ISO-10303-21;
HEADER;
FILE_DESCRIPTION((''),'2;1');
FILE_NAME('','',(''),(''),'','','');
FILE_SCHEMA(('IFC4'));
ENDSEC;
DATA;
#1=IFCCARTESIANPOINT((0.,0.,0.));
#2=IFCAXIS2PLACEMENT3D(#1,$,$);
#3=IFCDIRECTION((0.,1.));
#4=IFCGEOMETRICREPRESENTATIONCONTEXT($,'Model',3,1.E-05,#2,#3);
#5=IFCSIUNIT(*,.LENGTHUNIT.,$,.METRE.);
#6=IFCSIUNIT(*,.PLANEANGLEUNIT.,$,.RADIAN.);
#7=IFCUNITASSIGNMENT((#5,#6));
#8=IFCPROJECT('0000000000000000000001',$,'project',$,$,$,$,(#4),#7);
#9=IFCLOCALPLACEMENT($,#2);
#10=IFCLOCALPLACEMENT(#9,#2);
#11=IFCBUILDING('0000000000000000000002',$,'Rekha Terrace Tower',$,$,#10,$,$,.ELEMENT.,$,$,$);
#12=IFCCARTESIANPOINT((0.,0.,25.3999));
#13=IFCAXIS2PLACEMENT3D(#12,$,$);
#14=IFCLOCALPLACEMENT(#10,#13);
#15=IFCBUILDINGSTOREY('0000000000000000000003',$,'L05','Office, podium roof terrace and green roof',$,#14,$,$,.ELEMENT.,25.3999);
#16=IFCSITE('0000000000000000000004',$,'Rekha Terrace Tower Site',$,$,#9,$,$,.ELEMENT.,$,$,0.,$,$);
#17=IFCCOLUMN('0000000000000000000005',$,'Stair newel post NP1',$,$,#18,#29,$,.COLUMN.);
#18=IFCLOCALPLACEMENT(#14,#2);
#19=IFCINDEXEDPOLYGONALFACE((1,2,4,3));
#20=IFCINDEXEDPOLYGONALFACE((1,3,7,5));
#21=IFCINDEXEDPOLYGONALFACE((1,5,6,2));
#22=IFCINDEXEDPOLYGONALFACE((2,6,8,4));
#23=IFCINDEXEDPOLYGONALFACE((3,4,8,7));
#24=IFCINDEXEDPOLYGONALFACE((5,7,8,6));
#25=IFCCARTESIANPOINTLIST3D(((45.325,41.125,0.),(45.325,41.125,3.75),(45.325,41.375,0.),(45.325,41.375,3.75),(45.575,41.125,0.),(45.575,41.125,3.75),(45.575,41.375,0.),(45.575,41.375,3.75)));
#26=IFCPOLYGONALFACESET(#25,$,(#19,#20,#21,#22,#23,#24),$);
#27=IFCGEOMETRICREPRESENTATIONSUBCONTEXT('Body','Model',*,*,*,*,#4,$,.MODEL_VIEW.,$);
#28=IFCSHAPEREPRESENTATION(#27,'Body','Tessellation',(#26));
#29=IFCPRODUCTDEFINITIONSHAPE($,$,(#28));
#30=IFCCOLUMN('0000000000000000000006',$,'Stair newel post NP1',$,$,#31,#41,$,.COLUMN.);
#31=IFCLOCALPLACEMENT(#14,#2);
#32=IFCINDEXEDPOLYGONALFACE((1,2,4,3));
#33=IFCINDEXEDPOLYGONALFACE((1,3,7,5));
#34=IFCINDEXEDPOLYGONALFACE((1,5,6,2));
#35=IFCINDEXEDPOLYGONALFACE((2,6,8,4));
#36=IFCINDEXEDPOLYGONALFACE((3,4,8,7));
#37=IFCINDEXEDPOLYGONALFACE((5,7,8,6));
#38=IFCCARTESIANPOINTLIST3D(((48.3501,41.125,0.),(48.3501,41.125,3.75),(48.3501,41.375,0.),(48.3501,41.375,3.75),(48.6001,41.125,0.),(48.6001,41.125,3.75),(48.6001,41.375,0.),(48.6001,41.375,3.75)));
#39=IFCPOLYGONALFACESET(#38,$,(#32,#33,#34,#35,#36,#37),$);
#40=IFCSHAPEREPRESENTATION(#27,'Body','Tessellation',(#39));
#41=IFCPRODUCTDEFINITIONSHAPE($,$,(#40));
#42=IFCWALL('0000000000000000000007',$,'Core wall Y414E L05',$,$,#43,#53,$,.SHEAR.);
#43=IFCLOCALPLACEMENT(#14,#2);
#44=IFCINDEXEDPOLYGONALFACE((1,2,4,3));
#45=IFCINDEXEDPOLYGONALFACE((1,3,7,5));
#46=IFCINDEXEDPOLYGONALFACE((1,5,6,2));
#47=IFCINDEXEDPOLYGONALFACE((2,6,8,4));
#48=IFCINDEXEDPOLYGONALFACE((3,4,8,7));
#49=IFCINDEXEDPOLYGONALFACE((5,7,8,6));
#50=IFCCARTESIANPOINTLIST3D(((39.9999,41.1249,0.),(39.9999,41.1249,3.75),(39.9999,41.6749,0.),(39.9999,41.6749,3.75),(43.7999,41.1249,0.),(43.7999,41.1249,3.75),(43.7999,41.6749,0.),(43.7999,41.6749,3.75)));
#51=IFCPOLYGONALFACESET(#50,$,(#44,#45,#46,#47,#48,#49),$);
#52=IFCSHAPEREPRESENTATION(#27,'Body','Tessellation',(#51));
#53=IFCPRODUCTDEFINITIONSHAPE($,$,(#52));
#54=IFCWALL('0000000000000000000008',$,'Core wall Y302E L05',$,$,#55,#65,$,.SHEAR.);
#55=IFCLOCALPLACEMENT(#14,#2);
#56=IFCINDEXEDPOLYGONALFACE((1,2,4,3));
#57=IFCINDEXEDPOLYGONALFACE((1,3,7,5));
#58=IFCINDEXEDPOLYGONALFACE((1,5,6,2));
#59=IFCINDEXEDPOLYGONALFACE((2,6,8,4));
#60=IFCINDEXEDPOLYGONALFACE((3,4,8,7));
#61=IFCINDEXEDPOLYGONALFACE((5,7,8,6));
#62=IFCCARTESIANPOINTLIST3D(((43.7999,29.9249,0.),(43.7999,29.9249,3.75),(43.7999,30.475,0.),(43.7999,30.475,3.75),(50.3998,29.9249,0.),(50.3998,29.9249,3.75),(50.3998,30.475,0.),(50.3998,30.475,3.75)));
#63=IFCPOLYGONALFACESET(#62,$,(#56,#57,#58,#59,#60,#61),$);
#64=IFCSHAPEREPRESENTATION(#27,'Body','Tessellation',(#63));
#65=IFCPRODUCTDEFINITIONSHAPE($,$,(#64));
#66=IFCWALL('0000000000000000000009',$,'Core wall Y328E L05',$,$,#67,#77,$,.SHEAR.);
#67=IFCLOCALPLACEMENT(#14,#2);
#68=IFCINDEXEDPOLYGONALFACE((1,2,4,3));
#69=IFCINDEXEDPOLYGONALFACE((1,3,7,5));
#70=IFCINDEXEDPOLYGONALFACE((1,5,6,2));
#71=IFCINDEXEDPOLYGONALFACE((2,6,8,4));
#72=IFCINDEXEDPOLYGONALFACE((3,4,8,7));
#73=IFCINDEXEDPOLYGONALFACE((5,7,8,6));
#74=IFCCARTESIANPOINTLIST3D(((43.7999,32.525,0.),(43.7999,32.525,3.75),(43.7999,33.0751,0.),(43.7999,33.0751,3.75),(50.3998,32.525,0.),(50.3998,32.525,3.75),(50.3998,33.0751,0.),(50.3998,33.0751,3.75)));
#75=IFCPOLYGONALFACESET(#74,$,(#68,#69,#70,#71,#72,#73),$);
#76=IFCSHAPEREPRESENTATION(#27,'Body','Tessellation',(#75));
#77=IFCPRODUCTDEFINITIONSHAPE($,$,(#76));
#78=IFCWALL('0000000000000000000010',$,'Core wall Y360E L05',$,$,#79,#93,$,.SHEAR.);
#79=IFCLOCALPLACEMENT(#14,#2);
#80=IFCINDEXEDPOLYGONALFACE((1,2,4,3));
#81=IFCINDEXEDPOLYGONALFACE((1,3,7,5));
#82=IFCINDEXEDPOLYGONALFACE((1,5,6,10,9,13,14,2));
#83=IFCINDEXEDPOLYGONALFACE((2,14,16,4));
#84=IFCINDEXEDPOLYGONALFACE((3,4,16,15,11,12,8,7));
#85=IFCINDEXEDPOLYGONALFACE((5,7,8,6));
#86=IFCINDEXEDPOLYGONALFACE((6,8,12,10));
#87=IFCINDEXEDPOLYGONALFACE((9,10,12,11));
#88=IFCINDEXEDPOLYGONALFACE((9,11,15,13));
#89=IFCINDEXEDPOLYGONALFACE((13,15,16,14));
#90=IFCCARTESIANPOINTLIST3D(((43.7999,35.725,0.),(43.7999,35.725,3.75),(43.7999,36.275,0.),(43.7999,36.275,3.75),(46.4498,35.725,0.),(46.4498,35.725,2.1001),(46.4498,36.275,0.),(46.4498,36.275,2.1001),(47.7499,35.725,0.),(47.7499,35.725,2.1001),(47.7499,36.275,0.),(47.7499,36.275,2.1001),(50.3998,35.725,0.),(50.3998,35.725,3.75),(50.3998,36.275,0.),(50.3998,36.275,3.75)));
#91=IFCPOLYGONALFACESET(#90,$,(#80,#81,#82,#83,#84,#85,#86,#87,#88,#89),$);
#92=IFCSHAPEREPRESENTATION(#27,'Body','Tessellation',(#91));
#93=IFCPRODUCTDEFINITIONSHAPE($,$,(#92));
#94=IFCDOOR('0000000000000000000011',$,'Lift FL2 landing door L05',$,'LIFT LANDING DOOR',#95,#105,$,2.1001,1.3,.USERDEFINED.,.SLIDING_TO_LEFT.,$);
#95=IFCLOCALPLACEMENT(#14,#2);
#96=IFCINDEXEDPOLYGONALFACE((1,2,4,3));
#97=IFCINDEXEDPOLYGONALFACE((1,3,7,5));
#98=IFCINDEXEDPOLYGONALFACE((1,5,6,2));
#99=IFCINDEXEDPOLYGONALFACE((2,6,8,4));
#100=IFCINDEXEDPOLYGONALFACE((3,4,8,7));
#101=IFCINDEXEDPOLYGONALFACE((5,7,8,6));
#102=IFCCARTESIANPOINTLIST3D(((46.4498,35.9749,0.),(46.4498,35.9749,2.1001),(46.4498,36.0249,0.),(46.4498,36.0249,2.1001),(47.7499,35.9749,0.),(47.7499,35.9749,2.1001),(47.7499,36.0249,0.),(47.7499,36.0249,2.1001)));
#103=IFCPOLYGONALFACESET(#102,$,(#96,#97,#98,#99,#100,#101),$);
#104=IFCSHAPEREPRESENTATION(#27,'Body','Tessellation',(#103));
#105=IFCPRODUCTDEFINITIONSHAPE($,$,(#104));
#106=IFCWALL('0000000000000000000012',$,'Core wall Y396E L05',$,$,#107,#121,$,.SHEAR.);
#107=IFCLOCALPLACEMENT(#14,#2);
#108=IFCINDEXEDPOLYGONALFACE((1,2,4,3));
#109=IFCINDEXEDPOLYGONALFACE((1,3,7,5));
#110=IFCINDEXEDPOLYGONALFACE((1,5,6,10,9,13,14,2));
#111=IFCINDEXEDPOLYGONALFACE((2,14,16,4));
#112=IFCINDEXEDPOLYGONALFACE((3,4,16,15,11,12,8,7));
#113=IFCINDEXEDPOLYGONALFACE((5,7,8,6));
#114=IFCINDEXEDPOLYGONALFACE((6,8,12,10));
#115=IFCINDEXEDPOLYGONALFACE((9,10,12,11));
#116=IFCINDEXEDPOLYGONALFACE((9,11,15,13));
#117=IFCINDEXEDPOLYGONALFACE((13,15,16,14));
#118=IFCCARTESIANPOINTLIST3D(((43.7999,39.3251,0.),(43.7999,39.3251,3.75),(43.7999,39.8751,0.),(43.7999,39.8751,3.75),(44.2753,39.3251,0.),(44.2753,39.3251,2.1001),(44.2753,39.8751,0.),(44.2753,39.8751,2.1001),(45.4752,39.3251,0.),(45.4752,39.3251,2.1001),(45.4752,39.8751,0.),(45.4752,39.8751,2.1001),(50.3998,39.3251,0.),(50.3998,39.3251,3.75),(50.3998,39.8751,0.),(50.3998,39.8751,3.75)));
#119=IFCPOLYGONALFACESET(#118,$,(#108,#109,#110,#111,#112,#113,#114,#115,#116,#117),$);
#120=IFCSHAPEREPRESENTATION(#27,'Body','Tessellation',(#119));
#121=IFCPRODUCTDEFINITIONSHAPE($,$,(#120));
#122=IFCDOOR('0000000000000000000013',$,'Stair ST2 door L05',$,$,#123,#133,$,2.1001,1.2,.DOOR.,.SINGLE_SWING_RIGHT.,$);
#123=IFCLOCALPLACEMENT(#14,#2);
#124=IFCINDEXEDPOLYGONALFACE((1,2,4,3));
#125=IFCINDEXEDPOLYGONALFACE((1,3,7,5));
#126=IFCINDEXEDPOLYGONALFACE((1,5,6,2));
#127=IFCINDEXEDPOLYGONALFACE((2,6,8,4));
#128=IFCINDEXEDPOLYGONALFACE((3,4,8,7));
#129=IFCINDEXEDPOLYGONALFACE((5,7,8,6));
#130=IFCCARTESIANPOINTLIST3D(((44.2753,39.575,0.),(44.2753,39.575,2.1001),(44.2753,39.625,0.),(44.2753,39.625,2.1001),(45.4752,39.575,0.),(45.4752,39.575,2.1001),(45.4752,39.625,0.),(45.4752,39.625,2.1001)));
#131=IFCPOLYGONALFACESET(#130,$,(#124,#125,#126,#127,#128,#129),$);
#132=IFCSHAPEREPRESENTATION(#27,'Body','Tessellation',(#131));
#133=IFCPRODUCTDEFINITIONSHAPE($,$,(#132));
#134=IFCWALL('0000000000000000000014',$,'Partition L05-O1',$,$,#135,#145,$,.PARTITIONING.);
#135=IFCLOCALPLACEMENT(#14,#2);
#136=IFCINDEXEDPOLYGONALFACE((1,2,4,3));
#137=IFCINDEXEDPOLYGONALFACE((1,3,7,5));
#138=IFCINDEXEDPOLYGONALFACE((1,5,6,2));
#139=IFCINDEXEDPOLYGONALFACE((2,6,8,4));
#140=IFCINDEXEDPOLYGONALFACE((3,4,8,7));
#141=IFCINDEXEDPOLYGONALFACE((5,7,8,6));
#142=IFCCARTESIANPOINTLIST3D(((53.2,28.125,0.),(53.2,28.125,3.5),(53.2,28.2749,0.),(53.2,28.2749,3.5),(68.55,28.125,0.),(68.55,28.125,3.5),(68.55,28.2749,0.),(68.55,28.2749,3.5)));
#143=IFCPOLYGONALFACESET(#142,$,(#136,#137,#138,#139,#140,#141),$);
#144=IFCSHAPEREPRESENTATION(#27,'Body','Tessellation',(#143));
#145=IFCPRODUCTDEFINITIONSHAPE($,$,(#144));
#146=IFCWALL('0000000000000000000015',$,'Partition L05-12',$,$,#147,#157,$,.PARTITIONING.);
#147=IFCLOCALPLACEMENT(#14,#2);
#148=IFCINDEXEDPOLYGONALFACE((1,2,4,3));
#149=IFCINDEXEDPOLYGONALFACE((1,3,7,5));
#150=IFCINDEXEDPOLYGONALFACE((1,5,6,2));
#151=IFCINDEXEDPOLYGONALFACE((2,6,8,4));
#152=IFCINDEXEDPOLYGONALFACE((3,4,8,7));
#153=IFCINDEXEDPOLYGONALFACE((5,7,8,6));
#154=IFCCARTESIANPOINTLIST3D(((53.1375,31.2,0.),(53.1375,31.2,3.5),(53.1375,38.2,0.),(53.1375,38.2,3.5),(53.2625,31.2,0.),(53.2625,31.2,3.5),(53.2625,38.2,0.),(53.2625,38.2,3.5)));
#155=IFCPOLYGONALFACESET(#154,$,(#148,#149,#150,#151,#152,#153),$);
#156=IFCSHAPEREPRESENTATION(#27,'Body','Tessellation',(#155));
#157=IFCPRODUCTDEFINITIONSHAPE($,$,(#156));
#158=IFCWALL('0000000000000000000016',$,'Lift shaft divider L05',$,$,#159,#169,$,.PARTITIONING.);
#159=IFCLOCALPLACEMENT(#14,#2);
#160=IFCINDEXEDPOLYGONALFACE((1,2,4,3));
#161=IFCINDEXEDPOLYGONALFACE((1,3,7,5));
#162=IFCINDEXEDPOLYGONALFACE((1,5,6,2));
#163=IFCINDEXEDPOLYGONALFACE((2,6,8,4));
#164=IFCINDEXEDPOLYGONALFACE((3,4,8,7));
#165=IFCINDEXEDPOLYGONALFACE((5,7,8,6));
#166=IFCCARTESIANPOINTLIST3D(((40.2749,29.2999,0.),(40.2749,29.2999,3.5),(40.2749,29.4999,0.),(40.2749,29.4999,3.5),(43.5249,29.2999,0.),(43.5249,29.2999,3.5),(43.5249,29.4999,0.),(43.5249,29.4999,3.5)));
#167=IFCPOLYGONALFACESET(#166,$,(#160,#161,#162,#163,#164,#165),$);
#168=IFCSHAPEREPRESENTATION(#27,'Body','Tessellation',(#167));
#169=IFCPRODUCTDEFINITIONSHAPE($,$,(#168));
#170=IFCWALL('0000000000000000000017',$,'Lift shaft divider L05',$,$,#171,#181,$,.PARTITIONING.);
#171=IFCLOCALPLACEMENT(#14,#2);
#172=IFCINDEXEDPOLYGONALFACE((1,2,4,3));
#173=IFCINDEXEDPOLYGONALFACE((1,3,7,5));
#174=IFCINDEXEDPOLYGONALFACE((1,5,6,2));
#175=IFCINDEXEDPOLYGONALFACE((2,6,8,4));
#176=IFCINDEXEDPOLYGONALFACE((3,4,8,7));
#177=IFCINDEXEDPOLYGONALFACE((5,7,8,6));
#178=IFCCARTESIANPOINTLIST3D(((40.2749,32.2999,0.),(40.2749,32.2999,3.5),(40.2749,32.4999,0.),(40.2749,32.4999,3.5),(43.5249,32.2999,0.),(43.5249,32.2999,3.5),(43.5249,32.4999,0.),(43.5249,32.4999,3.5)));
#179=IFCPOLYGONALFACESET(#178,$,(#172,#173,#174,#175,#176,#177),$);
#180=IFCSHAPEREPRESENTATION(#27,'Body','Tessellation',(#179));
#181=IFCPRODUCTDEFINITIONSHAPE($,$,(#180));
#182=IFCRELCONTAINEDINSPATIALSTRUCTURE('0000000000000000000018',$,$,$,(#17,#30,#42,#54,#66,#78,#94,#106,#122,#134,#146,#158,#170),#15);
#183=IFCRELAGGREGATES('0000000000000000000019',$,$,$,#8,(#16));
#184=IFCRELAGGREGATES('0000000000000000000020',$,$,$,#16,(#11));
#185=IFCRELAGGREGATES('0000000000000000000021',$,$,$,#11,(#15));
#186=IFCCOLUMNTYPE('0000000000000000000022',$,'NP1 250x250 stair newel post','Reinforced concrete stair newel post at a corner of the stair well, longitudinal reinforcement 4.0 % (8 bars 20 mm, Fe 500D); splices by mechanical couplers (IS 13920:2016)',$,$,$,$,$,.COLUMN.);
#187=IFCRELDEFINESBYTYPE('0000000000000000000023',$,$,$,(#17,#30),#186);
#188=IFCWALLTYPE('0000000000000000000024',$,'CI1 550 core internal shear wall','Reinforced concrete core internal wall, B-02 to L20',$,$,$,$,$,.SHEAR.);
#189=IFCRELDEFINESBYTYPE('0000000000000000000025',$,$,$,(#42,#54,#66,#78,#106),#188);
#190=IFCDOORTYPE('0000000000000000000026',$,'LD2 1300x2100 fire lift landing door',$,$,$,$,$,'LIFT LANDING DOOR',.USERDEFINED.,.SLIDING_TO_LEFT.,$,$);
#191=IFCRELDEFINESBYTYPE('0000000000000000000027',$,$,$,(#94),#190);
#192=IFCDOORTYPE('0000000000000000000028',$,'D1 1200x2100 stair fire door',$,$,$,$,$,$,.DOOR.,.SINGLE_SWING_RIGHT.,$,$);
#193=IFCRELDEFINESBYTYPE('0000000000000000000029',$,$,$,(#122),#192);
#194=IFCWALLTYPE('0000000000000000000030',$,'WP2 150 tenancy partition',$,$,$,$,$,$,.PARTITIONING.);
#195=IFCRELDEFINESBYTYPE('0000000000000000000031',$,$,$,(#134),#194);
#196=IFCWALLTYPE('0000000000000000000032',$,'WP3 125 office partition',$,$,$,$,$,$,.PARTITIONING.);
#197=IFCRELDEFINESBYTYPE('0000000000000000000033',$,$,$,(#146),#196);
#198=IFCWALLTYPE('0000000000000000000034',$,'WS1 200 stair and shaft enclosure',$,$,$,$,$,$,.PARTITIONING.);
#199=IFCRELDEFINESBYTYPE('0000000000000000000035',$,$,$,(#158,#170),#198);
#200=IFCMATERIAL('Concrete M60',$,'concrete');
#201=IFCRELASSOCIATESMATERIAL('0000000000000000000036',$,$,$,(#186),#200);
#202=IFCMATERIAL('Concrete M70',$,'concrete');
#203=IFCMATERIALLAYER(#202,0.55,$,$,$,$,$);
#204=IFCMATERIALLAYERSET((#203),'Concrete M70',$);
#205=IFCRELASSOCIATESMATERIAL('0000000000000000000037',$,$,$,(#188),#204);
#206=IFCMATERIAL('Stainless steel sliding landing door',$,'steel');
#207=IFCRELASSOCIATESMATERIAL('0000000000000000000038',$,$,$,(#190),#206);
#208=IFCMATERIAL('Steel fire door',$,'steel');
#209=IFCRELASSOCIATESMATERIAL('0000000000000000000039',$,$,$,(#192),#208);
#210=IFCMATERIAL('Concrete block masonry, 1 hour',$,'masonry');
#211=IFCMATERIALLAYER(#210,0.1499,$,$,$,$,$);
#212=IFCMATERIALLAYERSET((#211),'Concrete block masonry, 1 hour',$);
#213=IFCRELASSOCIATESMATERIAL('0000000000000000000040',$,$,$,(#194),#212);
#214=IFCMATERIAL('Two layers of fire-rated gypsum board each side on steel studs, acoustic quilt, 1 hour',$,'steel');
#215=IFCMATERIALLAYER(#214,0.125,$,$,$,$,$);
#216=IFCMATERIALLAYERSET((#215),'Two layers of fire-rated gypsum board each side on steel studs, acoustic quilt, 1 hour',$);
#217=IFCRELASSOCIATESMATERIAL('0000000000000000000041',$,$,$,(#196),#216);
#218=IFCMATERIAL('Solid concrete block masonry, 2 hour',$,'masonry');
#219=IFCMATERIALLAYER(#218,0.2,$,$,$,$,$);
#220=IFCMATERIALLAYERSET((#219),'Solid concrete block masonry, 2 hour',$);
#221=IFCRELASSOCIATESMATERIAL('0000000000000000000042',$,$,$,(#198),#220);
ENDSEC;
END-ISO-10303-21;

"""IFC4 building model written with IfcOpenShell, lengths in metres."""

from ifc_helpers import new_model, si_unit, direction, frame, frame_2d, origin, origin_2d, place, context, subcontext, project, spatial, rectangle, extrude, material, layer, layer_set, material_profile, profile_set, type_object, element, fill, save


model = new_model("IFC4")

# Units and contexts
model_context = context("Model", 3, precision=1e-05, world=origin(), true_north=direction((0.0, 1.0)))
body_context = subcontext(model_context, "Body", "Model", "MODEL_VIEW")
ifc_project = project(units=[si_unit("LENGTHUNIT", "METRE"), si_unit("PLANEANGLEUNIT", "RADIAN")], contexts=[model_context])

# Site, building, storey
site_placement = place(None, origin())
site = spatial("IfcSite", under=ifc_project, at=site_placement, Name="Rekha Terrace Tower Site", CompositionType="ELEMENT", RefElevation=0.0)
building_placement = place(site_placement, origin())
building = spatial("IfcBuilding", under=site, at=building_placement, Name="Rekha Terrace Tower", CompositionType="ELEMENT")
storey_placement = place(building_placement, frame((0.0, 0.0, 25.3999)))
storey = spatial("IfcBuildingStorey", under=building, at=storey_placement, Name="L05", Description="Office, podium roof terrace and green roof", CompositionType="ELEMENT", Elevation=25.3999)

# Columns
ifc_material_1 = material(Name="Concrete M60", Category="concrete")
ifc_material_profile = material_profile(ifc_material_1, rectangle(XDim=0.25, YDim=0.25, at=origin_2d()), Name="RC 250x250")
ifc_profile_set = profile_set([ifc_material_profile], Name="Concrete M60")
column_type = type_object("IfcColumnType", Name="NP1 250x250 stair newel post", Description="Reinforced concrete stair newel post at a corner of the stair well, longitudinal reinforcement 4.0 % (8 bars 20 mm, Fe 500D); splices by mechanical couplers (IS 13920:2016)", PredefinedType="COLUMN", material=ifc_profile_set)
for number, where, z_axis, x_axis, name in (
    (1, (45.45, 41.25, 0.0), (0.0, 0.0, 1.0), (1.0, 0.0, 0.0), "Stair newel post NP1"),
    (2, (48.4751, 41.25, 0.0), (0.0, 0.0, 1.0), (1.0, 0.0, 0.0), "Stair newel post NP1"),
):
    element("IfcColumn", number, at=place(storey_placement, frame(where, z_axis=z_axis, x_axis=x_axis)), inside=storey, type_object=column_type, Name=name, PredefinedType="COLUMN", context=body_context, shape_type="SweptSolid", body=[
        extrude(rectangle(XDim=0.25, YDim=0.25, at=origin_2d()), origin(), (0.0, 0.0, 1.0), 3.75),
    ])

# Walls
ifc_material_2 = material(Name="Concrete M70", Category="concrete")
ifc_layer_1 = layer(ifc_material_2, 0.55)
ifc_layer_set_1 = layer_set([ifc_layer_1], Name="Concrete M70")
wall_type_1 = type_object("IfcWallType", Name="CI1 550 core internal shear wall", Description="Reinforced concrete core internal wall, B-02 to L20", PredefinedType="SHEAR", material=ifc_layer_set_1)
wall_1_placement = place(storey_placement, frame((40.0, 41.3999, 0.0), z_axis=(0.0, 0.0, 1.0), x_axis=(1.0, 0.0, 0.0)))
element("IfcWall", 3, at=wall_1_placement, inside=storey, type_object=wall_type_1, Name="Core wall Y414E L05", PredefinedType="SHEAR", context=body_context, shape_type="SweptSolid", body=[
    extrude(rectangle(XDim=3.8, YDim=0.55, at=frame_2d((1.8999, 0.0))), origin(), (0.0, 0.0, 1.0), 3.75),
])
for number, where, z_axis, x_axis, name in (
    (4, (43.8, 30.2, 0.0), (0.0, 0.0, 1.0), (1.0, 0.0, 0.0), "Core wall Y302E L05"),
    (5, (43.8, 32.8, 0.0), (0.0, 0.0, 1.0), (1.0, 0.0, 0.0), "Core wall Y328E L05"),
):
    element("IfcWall", number, at=place(storey_placement, frame(where, z_axis=z_axis, x_axis=x_axis)), inside=storey, type_object=wall_type_1, Name=name, PredefinedType="SHEAR", context=body_context, shape_type="SweptSolid", body=[
        extrude(rectangle(XDim=6.5999, YDim=0.55, at=frame_2d((3.2998, 0.0))), origin(), (0.0, 0.0, 1.0), 3.75),
    ])

# Walls, openings, doors
wall_2_placement = place(storey_placement, frame((43.8, 36.0, 0.0), z_axis=(0.0, 0.0, 1.0), x_axis=(1.0, 0.0, 0.0)))
wall_2 = element("IfcWall", 6, at=wall_2_placement, inside=storey, type_object=wall_type_1, Name="Core wall Y360E L05", PredefinedType="SHEAR", context=body_context, shape_type="SweptSolid", body=[
    extrude(rectangle(XDim=6.5999, YDim=0.55, at=frame_2d((3.2998, 0.0))), origin(), (0.0, 0.0, 1.0), 3.75),
])
opening_1_placement = place(wall_2_placement, frame((2.6499, 0.0, 0.0)))
opening_1 = element("IfcOpeningElement", 7, at=opening_1_placement, cuts=wall_2, PredefinedType="OPENING", context=body_context, shape_type="SweptSolid", body=[
    extrude(rectangle(XDim=1.3, YDim=2.1001, at=frame_2d((0.6499, 1.05))), frame((0.0, 0.2849, 0.0), z_axis=(0.0, -1.0, 0.0), x_axis=(1.0, 0.0, 0.0)), (0.0, 0.0, 1.0), 0.5701),
])
ifc_material_3 = material(Name="Stainless steel sliding landing door", Category="steel")
door_type_1 = type_object("IfcDoorType", Name="LD2 1300x2100 fire lift landing door", ElementType="LIFT LANDING DOOR", OperationType="SLIDING_TO_LEFT", PredefinedType="USERDEFINED", material=ifc_material_3)
door_1_placement = place(opening_1_placement, origin())
door_1 = element("IfcDoor", 8, at=door_1_placement, inside=storey, type_object=door_type_1, Name="Lift FL2 landing door L05", ObjectType="LIFT LANDING DOOR", OperationType="SLIDING_TO_LEFT", OverallHeight=2.1001, OverallWidth=1.3, PredefinedType="USERDEFINED", context=body_context, shape_type="SweptSolid", body=[
    extrude(rectangle(XDim=1.3, YDim=2.1001, at=frame_2d((0.6499, 1.05))), frame((0.0, 0.0249, 0.0), z_axis=(0.0, -1.0, 0.0), x_axis=(1.0, 0.0, 0.0)), (0.0, 0.0, 1.0), 0.05),
])
fill(opening_1, door_1)
wall_3_placement = place(storey_placement, frame((43.8, 39.6001, 0.0), z_axis=(0.0, 0.0, 1.0), x_axis=(1.0, 0.0, 0.0)))
wall_3 = element("IfcWall", 9, at=wall_3_placement, inside=storey, type_object=wall_type_1, Name="Core wall Y396E L05", PredefinedType="SHEAR", context=body_context, shape_type="SweptSolid", body=[
    extrude(rectangle(XDim=6.5999, YDim=0.55, at=frame_2d((3.2998, 0.0))), origin(), (0.0, 0.0, 1.0), 3.75),
])
opening_2_placement = place(wall_3_placement, frame((0.4751, 0.0, 0.0)))
opening_2 = element("IfcOpeningElement", 10, at=opening_2_placement, cuts=wall_3, PredefinedType="OPENING", context=body_context, shape_type="SweptSolid", body=[
    extrude(rectangle(XDim=1.2, YDim=2.1001, at=frame_2d((0.6001, 1.05))), frame((0.0, 0.2849, 0.0), z_axis=(0.0, -1.0, 0.0), x_axis=(1.0, 0.0, 0.0)), (0.0, 0.0, 1.0), 0.5701),
])
ifc_material_4 = material(Name="Steel fire door", Category="steel")
door_type_2 = type_object("IfcDoorType", Name="D1 1200x2100 stair fire door", OperationType="SINGLE_SWING_RIGHT", PredefinedType="DOOR", material=ifc_material_4)
door_2_placement = place(opening_2_placement, origin())
door_2 = element("IfcDoor", 11, at=door_2_placement, inside=storey, type_object=door_type_2, Name="Stair ST2 door L05", OperationType="SINGLE_SWING_RIGHT", OverallHeight=2.1001, OverallWidth=1.2, PredefinedType="DOOR", context=body_context, shape_type="SweptSolid", body=[
    extrude(rectangle(XDim=1.2, YDim=2.1001, at=frame_2d((0.6001, 1.05))), frame((0.0, 0.0249, 0.0), z_axis=(0.0, -1.0, 0.0), x_axis=(1.0, 0.0, 0.0)), (0.0, 0.0, 1.0), 0.05),
])
fill(opening_2, door_2)

# Walls
ifc_material_5 = material(Name="Concrete block masonry, 1 hour", Category="masonry")
ifc_layer_2 = layer(ifc_material_5, 0.1499)
ifc_layer_set_2 = layer_set([ifc_layer_2], Name="Concrete block masonry, 1 hour")
wall_type_2 = type_object("IfcWallType", Name="WP2 150 tenancy partition", PredefinedType="PARTITIONING", material=ifc_layer_set_2)
wall_4_placement = place(storey_placement, frame((53.2, 28.2, 0.0), z_axis=(0.0, 0.0, 1.0), x_axis=(1.0, 0.0, 0.0)))
element("IfcWall", 12, at=wall_4_placement, inside=storey, type_object=wall_type_2, Name="Partition L05-O1", PredefinedType="PARTITIONING", context=body_context, shape_type="SweptSolid", body=[
    extrude(rectangle(XDim=15.3501, YDim=0.1499, at=frame_2d((7.675, 0.0))), origin(), (0.0, 0.0, 1.0), 3.5),
])
ifc_material_6 = material(Name="Two layers of fire-rated gypsum board each side on steel studs, acoustic quilt, 1 hour", Category="steel")
ifc_layer_3 = layer(ifc_material_6, 0.125)
ifc_layer_set_3 = layer_set([ifc_layer_3], Name="Two layers of fire-rated gypsum board each side on steel studs, acoustic quilt, 1 hour")
wall_type_3 = type_object("IfcWallType", Name="WP3 125 office partition", PredefinedType="PARTITIONING", material=ifc_layer_set_3)
wall_5_placement = place(storey_placement, frame((53.2, 31.2, 0.0), z_axis=(0.0, 0.0, 1.0), x_axis=(0.0, 1.0, 0.0)))
element("IfcWall", 13, at=wall_5_placement, inside=storey, type_object=wall_type_3, Name="Partition L05-12", PredefinedType="PARTITIONING", context=body_context, shape_type="SweptSolid", body=[
    extrude(rectangle(XDim=7.0, YDim=0.125, at=frame_2d((3.5, 0.0))), origin(), (0.0, 0.0, 1.0), 3.5),
])
ifc_material_7 = material(Name="Solid concrete block masonry, 2 hour", Category="masonry")
ifc_layer_4 = layer(ifc_material_7, 0.2)
ifc_layer_set_4 = layer_set([ifc_layer_4], Name="Solid concrete block masonry, 2 hour")
wall_type_4 = type_object("IfcWallType", Name="WS1 200 stair and shaft enclosure", PredefinedType="PARTITIONING", material=ifc_layer_set_4)
for number, where, z_axis, x_axis, name in (
    (14, (40.2749, 29.3999, 0.0), (0.0, 0.0, 1.0), (1.0, 0.0, 0.0), "Lift shaft divider L05"),
    (15, (40.2749, 32.3999, 0.0), (0.0, 0.0, 1.0), (1.0, 0.0, 0.0), "Lift shaft divider L05"),
):
    element("IfcWall", number, at=place(storey_placement, frame(where, z_axis=z_axis, x_axis=x_axis)), inside=storey, type_object=wall_type_4, Name=name, PredefinedType="PARTITIONING", context=body_context, shape_type="SweptSolid", body=[
        extrude(rectangle(XDim=3.25, YDim=0.2, at=frame_2d((1.625, 0.0))), origin(), (0.0, 0.0, 1.0), 3.5),
    ])

save(model, "model.ifc")
